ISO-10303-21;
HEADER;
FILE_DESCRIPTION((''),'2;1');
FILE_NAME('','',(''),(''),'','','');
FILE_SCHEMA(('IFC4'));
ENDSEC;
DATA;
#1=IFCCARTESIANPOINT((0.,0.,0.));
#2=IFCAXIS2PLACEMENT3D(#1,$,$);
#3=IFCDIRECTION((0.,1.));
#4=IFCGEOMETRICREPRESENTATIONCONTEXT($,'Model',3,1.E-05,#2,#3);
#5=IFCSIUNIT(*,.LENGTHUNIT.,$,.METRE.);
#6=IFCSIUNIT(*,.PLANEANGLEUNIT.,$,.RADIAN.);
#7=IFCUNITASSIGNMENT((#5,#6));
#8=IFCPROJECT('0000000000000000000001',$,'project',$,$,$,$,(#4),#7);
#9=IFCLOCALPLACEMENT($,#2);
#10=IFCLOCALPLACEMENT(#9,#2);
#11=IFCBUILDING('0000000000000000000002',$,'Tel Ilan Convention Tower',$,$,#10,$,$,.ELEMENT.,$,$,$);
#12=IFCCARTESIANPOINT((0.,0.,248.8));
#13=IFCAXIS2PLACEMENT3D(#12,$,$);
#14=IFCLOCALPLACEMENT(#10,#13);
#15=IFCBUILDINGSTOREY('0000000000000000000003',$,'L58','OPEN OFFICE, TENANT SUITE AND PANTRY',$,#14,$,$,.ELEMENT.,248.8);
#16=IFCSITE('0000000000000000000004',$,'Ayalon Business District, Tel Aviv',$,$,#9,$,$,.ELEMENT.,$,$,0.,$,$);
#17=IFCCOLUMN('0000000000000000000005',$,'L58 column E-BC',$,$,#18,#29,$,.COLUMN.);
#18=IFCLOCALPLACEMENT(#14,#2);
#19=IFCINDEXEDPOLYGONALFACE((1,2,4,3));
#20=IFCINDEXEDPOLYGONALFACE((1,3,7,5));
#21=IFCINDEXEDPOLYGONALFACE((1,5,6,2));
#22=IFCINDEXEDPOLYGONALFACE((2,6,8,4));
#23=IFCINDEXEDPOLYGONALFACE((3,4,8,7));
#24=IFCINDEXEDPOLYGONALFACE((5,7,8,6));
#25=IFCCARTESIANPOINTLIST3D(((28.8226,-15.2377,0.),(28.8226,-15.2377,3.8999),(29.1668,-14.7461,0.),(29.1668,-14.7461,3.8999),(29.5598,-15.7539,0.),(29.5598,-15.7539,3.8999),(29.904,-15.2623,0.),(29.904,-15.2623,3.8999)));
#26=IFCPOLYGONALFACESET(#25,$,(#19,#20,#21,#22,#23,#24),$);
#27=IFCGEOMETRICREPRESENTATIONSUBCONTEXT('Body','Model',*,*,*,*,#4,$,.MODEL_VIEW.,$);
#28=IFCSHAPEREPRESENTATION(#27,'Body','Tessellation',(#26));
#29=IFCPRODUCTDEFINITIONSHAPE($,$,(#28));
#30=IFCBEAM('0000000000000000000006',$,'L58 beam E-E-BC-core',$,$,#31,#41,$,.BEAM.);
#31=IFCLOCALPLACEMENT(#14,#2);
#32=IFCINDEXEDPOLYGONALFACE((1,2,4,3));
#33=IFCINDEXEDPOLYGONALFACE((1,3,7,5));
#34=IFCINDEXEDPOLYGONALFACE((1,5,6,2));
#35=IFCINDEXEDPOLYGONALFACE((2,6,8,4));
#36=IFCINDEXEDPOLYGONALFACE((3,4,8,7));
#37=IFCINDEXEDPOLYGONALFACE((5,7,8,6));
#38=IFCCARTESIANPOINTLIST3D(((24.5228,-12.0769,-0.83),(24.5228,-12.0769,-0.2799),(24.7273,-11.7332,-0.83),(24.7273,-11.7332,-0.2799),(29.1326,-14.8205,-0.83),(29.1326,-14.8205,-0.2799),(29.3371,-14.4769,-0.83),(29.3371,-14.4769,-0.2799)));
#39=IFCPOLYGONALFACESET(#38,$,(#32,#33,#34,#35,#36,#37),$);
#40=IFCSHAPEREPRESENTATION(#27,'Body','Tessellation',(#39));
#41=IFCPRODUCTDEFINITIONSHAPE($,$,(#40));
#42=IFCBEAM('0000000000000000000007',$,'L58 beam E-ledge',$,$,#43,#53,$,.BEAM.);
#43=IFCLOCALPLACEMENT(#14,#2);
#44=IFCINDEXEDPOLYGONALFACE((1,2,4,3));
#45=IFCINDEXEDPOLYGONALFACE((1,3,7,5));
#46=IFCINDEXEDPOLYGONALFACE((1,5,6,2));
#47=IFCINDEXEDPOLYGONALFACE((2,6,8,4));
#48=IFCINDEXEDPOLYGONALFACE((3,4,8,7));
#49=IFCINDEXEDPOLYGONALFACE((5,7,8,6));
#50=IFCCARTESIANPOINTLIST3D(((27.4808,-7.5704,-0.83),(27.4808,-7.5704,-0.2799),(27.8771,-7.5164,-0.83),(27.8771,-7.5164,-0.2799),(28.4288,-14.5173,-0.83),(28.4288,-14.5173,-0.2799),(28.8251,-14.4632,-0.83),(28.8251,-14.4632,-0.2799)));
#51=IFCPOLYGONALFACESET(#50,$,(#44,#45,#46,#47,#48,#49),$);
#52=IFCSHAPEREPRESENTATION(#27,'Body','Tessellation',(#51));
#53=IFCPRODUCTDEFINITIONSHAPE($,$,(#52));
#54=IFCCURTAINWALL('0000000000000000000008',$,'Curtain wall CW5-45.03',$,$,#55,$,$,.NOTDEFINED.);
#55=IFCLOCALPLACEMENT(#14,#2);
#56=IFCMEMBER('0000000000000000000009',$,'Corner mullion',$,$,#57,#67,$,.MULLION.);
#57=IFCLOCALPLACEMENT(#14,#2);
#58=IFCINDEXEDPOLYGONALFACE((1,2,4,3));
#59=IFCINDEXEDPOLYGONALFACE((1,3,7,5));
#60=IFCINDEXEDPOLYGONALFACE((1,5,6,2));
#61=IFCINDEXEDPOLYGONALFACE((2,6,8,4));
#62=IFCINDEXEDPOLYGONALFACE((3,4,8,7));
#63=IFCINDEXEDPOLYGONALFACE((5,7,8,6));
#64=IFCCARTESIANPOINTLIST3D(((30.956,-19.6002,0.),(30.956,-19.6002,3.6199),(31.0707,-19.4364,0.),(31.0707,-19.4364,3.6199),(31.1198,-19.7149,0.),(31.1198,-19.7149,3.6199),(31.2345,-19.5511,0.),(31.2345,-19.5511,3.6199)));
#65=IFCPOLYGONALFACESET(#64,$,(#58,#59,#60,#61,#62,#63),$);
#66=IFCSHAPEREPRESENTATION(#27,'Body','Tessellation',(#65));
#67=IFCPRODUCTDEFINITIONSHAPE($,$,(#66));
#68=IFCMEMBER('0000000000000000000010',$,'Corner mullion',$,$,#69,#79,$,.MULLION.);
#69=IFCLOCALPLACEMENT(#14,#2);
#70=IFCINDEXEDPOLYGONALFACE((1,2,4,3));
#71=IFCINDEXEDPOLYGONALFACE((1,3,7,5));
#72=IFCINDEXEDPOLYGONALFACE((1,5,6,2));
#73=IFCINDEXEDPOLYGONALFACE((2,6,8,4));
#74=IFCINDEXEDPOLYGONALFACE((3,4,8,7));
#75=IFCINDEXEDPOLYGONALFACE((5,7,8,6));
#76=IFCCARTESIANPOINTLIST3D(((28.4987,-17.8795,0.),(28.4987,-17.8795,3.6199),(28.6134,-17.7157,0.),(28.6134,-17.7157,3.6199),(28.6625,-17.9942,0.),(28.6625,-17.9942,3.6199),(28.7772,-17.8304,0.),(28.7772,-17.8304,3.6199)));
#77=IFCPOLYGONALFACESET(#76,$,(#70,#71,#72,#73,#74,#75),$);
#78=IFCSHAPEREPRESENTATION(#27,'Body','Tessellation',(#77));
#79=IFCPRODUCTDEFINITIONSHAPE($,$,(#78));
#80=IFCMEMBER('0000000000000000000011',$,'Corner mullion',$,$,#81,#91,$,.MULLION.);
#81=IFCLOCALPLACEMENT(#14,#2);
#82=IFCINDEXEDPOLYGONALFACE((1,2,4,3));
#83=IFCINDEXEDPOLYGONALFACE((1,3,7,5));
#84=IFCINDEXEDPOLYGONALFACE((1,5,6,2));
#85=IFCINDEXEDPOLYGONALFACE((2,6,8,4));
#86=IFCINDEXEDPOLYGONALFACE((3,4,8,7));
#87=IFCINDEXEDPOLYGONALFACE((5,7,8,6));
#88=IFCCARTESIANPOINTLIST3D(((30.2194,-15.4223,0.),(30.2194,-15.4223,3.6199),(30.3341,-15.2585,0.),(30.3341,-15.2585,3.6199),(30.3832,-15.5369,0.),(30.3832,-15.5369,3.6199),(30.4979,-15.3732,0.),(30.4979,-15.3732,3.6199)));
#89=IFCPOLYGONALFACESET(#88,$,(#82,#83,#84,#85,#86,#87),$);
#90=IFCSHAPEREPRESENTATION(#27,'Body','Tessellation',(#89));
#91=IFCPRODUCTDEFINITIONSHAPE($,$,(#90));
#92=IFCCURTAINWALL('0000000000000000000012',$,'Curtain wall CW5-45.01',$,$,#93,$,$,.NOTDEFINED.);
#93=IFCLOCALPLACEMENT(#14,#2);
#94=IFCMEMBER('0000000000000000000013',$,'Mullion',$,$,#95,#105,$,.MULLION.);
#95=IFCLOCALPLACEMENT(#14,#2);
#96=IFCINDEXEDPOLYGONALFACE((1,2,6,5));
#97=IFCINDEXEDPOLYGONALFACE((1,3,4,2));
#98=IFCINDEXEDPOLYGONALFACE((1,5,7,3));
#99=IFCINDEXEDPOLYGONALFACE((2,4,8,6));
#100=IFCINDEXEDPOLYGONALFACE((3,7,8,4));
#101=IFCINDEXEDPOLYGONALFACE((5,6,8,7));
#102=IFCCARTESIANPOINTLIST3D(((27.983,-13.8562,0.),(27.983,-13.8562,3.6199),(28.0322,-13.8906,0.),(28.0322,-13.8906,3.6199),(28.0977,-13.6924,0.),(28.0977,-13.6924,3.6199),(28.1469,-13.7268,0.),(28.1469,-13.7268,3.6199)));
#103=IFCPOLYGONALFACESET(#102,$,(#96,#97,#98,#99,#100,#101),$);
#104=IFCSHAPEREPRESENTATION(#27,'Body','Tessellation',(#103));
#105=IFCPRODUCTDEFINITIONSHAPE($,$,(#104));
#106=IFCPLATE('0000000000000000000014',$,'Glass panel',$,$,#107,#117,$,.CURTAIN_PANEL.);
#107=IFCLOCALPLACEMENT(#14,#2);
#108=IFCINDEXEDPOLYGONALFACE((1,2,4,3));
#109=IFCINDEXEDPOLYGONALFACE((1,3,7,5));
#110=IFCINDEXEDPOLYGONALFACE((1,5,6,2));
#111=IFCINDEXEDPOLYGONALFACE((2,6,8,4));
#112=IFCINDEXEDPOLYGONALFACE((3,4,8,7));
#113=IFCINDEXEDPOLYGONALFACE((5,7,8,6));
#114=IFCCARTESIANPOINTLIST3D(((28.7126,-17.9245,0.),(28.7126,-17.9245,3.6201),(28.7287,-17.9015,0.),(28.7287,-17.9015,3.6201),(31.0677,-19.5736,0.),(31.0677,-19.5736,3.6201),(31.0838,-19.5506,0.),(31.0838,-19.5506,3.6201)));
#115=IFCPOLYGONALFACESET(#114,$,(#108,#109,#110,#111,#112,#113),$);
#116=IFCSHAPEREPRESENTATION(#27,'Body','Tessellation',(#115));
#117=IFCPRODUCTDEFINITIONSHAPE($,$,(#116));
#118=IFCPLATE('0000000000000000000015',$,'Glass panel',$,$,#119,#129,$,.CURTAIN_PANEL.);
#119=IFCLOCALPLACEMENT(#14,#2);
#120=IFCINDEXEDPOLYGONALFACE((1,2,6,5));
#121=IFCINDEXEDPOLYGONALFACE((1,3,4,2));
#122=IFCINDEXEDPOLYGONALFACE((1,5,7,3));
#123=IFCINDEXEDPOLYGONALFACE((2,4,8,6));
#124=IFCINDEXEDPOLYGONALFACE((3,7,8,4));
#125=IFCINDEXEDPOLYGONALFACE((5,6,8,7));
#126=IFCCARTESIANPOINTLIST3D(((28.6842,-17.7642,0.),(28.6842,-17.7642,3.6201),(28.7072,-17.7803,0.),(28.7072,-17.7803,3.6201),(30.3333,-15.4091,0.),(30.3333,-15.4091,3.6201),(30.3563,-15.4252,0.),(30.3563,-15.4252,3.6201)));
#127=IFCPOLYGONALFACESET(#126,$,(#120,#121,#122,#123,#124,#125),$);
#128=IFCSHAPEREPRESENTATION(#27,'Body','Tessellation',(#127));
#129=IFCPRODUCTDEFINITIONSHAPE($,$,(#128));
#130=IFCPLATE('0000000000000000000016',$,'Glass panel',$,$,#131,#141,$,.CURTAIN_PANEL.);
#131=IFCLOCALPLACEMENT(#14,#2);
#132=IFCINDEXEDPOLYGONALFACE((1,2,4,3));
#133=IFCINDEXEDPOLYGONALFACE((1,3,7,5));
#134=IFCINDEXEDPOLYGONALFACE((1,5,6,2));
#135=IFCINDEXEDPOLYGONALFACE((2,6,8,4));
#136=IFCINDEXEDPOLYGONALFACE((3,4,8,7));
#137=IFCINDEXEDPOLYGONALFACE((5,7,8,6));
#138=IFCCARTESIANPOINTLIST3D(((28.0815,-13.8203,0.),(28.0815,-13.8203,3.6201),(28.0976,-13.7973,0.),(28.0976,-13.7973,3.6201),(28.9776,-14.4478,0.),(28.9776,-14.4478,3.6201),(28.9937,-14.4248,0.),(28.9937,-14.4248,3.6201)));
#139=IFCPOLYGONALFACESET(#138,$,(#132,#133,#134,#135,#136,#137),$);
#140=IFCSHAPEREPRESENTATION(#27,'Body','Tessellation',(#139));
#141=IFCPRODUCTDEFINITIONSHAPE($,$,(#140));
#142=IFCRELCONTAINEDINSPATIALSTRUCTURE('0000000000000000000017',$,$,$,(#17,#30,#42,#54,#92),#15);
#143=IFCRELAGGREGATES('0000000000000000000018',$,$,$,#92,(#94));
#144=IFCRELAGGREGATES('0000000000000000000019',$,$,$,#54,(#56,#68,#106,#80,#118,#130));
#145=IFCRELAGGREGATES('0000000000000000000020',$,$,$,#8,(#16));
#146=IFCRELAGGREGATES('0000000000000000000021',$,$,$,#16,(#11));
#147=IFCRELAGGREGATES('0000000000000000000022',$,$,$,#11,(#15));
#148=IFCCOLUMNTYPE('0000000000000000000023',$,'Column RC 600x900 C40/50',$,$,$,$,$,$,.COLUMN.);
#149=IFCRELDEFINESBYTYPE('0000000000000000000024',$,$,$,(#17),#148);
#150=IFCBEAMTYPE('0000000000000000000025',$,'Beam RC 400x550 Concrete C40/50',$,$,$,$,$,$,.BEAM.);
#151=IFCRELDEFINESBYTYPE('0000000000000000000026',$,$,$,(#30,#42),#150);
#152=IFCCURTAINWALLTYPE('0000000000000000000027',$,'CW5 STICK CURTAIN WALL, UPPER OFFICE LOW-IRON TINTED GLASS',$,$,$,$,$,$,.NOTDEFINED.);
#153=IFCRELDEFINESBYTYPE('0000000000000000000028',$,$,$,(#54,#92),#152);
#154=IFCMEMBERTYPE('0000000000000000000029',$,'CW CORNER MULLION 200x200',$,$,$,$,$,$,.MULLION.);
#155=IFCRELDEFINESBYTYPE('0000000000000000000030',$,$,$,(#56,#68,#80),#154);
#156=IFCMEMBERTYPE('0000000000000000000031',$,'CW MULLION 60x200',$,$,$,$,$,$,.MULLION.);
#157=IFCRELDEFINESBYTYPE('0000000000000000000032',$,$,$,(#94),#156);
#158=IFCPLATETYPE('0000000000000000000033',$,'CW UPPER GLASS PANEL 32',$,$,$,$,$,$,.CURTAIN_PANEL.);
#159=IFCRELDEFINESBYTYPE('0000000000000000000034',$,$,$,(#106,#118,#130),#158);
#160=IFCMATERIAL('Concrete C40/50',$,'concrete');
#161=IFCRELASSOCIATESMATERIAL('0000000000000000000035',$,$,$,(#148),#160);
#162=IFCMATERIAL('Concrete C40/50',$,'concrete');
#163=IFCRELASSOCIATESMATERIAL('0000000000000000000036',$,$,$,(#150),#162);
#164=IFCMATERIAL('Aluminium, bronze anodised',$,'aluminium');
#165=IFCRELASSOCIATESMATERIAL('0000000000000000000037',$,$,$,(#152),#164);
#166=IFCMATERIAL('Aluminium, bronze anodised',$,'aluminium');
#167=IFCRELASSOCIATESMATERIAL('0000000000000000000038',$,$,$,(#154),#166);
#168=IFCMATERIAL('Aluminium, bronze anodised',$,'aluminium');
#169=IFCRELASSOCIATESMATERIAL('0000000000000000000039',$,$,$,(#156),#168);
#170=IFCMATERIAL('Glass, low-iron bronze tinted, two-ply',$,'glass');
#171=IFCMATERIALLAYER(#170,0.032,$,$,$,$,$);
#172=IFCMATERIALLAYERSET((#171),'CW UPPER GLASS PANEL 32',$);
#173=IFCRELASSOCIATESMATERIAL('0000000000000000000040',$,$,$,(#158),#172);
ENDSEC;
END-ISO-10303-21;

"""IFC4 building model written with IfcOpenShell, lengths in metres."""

from ifc_helpers import new_model, si_unit, direction, frame, origin, origin_2d, place, context, subcontext, project, spatial, rectangle, extrude, material, layer, layer_set, material_profile, profile_set, type_object, element, aggregate, save


model = new_model("IFC4")

# Units and contexts
model_context = context("Model", 3, precision=1e-05, world=origin(), true_north=direction((0.0, 1.0)))
body_context = subcontext(model_context, "Body", "Model", "MODEL_VIEW")
ifc_project = project(units=[si_unit("LENGTHUNIT", "METRE"), si_unit("PLANEANGLEUNIT", "RADIAN")], contexts=[model_context])

# Site, building, storey
site_placement = place(None, origin())
site = spatial("IfcSite", under=ifc_project, at=site_placement, Name="Ayalon Business District, Tel Aviv", CompositionType="ELEMENT", RefElevation=0.0)
building_placement = place(site_placement, origin())
building = spatial("IfcBuilding", under=site, at=building_placement, Name="Tel Ilan Convention Tower", CompositionType="ELEMENT")
storey_placement = place(building_placement, frame((0.0, 0.0, 248.8)))
storey = spatial("IfcBuildingStorey", under=building, at=storey_placement, Name="L58", Description="OPEN OFFICE, TENANT SUITE AND PANTRY", CompositionType="ELEMENT", Elevation=248.8)

# Column
ifc_material_1 = material(Name="Concrete C40/50", Category="concrete")
ifc_material_profile_1 = material_profile(ifc_material_1, rectangle(XDim=0.8999, YDim=0.6001, at=origin_2d()), Name="RC 600x900")
ifc_profile_set_1 = profile_set([ifc_material_profile_1], Name="Concrete C40/50")
column_type = type_object("IfcColumnType", Name="Column RC 600x900 C40/50", PredefinedType="COLUMN", material=ifc_profile_set_1)
column_placement = place(storey_placement, frame((29.3633, -15.25, 0.0), z_axis=(0.0, 0.0, 1.0), x_axis=(0.819152, -0.573576, 0.0)))
element("IfcColumn", 1, at=column_placement, inside=storey, type_object=column_type, Name="L58 column E-BC", PredefinedType="COLUMN", context=body_context, shape_type="SweptSolid", body=[
    extrude(rectangle(XDim=0.8999, YDim=0.6001, at=origin_2d()), origin(), (0.0, 0.0, 1.0), 3.8999),
])

# Beams
ifc_material_2 = material(Name="Concrete C40/50", Category="concrete")
ifc_material_profile_2 = material_profile(ifc_material_2, rectangle(XDim=0.3999, YDim=0.55, at=origin_2d()), Name="RC 400x550")
ifc_profile_set_2 = profile_set([ifc_material_profile_2], Name="Concrete C40/50")
beam_type = type_object("IfcBeamType", Name="Beam RC 400x550 Concrete C40/50", PredefinedType="BEAM", material=ifc_profile_set_2)
beam_1_placement = place(storey_placement, frame((29.2349, -14.6487, -0.5549), z_axis=(-0.859319, 0.511441, 0.0), x_axis=(-0.511441, -0.859319, 0.0)))
element("IfcBeam", 2, at=beam_1_placement, inside=storey, type_object=beam_type, Name="L58 beam E-E-BC-core", PredefinedType="BEAM", context=body_context, shape_type="SweptSolid", body=[
    extrude(rectangle(XDim=0.3999, YDim=0.55, at=origin_2d()), origin(), (0.0, 0.0, 1.0), 5.3645),
])
beam_2_placement = place(storey_placement, frame((28.627, -14.4902, -0.5549), z_axis=(-0.135213, 0.990817, 0.0), x_axis=(-0.990817, -0.135213, 0.0)))
element("IfcBeam", 3, at=beam_2_placement, inside=storey, type_object=beam_type, Name="L58 beam E-ledge", PredefinedType="BEAM", context=body_context, shape_type="SweptSolid", body=[
    extrude(rectangle(XDim=0.3999, YDim=0.55, at=origin_2d()), origin(), (0.0, 0.0, 1.0), 7.0112),
])

# Curtain wall, members
ifc_material_3 = material(Name="Aluminium, bronze anodised", Category="aluminium")
curtain_wall_type = type_object("IfcCurtainWallType", Name="CW5 STICK CURTAIN WALL, UPPER OFFICE LOW-IRON TINTED GLASS", PredefinedType="NOTDEFINED", material=ifc_material_3)
curtain_wall_1_placement = place(storey_placement, origin())
curtain_wall_1 = element("IfcCurtainWall", 4, at=curtain_wall_1_placement, inside=storey, type_object=curtain_wall_type, Name="Curtain wall CW5-45.03", PredefinedType="NOTDEFINED")
ifc_material_4 = material(Name="Aluminium, bronze anodised", Category="aluminium")
ifc_material_profile_3 = material_profile(ifc_material_4, rectangle(XDim=0.2, YDim=0.2, at=origin_2d()), Name="CW CORNER MULLION 200x200")
ifc_profile_set_3 = profile_set([ifc_material_profile_3], Name="Aluminium, bronze anodised")
member_type_1 = type_object("IfcMemberType", Name="CW CORNER MULLION 200x200", PredefinedType="MULLION", material=ifc_profile_set_3)
member_1_placement = place(storey_placement, frame((31.0952, -19.5757, 0.0), z_axis=(0.0, 0.0, 1.0), x_axis=(0.573576, 0.819152, 0.0)))
member_1 = element("IfcMember", 5, at=member_1_placement, type_object=member_type_1, Name="Corner mullion", PredefinedType="MULLION", context=body_context, shape_type="SweptSolid", body=[
    extrude(rectangle(XDim=0.2, YDim=0.2, at=origin_2d()), origin(), (0.0, 0.0, 1.0), 3.6199),
])
member_2_placement = place(storey_placement, frame((28.6379, -17.855, 0.0), z_axis=(0.0, 0.0, 1.0), x_axis=(-0.819152, 0.573576, 0.0)))
member_2 = element("IfcMember", 6, at=member_2_placement, type_object=member_type_1, Name="Corner mullion", PredefinedType="MULLION", context=body_context, shape_type="SweptSolid", body=[
    extrude(rectangle(XDim=0.2, YDim=0.2, at=origin_2d()), origin(), (0.0, 0.0, 1.0), 3.6199),
])
member_3_placement = place(storey_placement, frame((30.3586, -15.3977, 0.0), z_axis=(0.0, 0.0, 1.0), x_axis=(0.573576, 0.819152, 0.0)))
member_3 = element("IfcMember", 7, at=member_3_placement, type_object=member_type_1, Name="Corner mullion", PredefinedType="MULLION", context=body_context, shape_type="SweptSolid", body=[
    extrude(rectangle(XDim=0.2, YDim=0.2, at=origin_2d()), origin(), (0.0, 0.0, 1.0), 3.6199),
])

# Curtain wall, member
curtain_wall_2_placement = place(storey_placement, origin())
curtain_wall_2 = element("IfcCurtainWall", 8, at=curtain_wall_2_placement, inside=storey, type_object=curtain_wall_type, Name="Curtain wall CW5-45.01", PredefinedType="NOTDEFINED")
ifc_material_5 = material(Name="Aluminium, bronze anodised", Category="aluminium")
ifc_material_profile_4 = material_profile(ifc_material_5, rectangle(XDim=0.0601, YDim=0.2, at=origin_2d()), Name="CW MULLION 60x200")
ifc_profile_set_4 = profile_set([ifc_material_profile_4], Name="Aluminium, bronze anodised")
member_type_2 = type_object("IfcMemberType", Name="CW MULLION 60x200", PredefinedType="MULLION", material=ifc_profile_set_4)
member_4_placement = place(storey_placement, frame((28.0649, -13.7915, 0.0), z_axis=(0.0, 0.0, 1.0), x_axis=(-0.819152, 0.573576, 0.0)))
member_4 = element("IfcMember", 9, at=member_4_placement, type_object=member_type_2, Name="Mullion", PredefinedType="MULLION", context=body_context, shape_type="SweptSolid", body=[
    extrude(rectangle(XDim=0.0601, YDim=0.2, at=origin_2d()), origin(), (0.0, 0.0, 1.0), 3.6199),
])
aggregate(curtain_wall_2, [member_4])

# Plates
ifc_material_6 = material(Name="Glass, low-iron bronze tinted, two-ply", Category="glass")
ifc_layer_1 = layer(ifc_material_6, 0.032)
ifc_layer_set_1 = layer_set([ifc_layer_1], Name="CW UPPER GLASS PANEL 32")
plate_type = type_object("IfcPlateType", Name="CW UPPER GLASS PANEL 32", PredefinedType="CURTAIN_PANEL", material=ifc_layer_set_1)
plate_1_placement = place(storey_placement, frame((29.8982, -18.7375, 0.0), z_axis=(0.0, 0.0, 1.0), x_axis=(-0.819152, 0.573576, 0.0)))
plate_1 = element("IfcPlate", 10, at=plate_1_placement, type_object=plate_type, Name="Glass panel", PredefinedType="CURTAIN_PANEL", context=body_context, shape_type="SweptSolid", body=[
    extrude(rectangle(XDim=2.875, YDim=0.0281, at=origin_2d()), origin(), (0.0, 0.0, 1.0), 3.6201),
])
plate_2_placement = place(storey_placement, frame((29.5203, -16.5947, 0.0), z_axis=(0.0, 0.0, 1.0), x_axis=(0.573576, 0.819152, 0.0)))
plate_2 = element("IfcPlate", 11, at=plate_2_placement, type_object=plate_type, Name="Glass panel", PredefinedType="CURTAIN_PANEL", context=body_context, shape_type="SweptSolid", body=[
    extrude(rectangle(XDim=2.875, YDim=0.0281, at=origin_2d()), origin(), (0.0, 0.0, 1.0), 3.6201),
])
plate_3_placement = place(storey_placement, frame((28.5376, -14.1226, 0.0), z_axis=(0.0, 0.0, 1.0), x_axis=(-0.819152, 0.573576, 0.0)))
plate_3 = element("IfcPlate", 12, at=plate_3_placement, type_object=plate_type, Name="Glass panel", PredefinedType="CURTAIN_PANEL", context=body_context, shape_type="SweptSolid", body=[
    extrude(rectangle(XDim=1.094, YDim=0.0281, at=origin_2d()), origin(), (0.0, 0.0, 1.0), 3.6201),
])
aggregate(curtain_wall_1, [member_1, member_2, plate_1, member_3, plate_2, plate_3])

save(model, "model.ifc")
